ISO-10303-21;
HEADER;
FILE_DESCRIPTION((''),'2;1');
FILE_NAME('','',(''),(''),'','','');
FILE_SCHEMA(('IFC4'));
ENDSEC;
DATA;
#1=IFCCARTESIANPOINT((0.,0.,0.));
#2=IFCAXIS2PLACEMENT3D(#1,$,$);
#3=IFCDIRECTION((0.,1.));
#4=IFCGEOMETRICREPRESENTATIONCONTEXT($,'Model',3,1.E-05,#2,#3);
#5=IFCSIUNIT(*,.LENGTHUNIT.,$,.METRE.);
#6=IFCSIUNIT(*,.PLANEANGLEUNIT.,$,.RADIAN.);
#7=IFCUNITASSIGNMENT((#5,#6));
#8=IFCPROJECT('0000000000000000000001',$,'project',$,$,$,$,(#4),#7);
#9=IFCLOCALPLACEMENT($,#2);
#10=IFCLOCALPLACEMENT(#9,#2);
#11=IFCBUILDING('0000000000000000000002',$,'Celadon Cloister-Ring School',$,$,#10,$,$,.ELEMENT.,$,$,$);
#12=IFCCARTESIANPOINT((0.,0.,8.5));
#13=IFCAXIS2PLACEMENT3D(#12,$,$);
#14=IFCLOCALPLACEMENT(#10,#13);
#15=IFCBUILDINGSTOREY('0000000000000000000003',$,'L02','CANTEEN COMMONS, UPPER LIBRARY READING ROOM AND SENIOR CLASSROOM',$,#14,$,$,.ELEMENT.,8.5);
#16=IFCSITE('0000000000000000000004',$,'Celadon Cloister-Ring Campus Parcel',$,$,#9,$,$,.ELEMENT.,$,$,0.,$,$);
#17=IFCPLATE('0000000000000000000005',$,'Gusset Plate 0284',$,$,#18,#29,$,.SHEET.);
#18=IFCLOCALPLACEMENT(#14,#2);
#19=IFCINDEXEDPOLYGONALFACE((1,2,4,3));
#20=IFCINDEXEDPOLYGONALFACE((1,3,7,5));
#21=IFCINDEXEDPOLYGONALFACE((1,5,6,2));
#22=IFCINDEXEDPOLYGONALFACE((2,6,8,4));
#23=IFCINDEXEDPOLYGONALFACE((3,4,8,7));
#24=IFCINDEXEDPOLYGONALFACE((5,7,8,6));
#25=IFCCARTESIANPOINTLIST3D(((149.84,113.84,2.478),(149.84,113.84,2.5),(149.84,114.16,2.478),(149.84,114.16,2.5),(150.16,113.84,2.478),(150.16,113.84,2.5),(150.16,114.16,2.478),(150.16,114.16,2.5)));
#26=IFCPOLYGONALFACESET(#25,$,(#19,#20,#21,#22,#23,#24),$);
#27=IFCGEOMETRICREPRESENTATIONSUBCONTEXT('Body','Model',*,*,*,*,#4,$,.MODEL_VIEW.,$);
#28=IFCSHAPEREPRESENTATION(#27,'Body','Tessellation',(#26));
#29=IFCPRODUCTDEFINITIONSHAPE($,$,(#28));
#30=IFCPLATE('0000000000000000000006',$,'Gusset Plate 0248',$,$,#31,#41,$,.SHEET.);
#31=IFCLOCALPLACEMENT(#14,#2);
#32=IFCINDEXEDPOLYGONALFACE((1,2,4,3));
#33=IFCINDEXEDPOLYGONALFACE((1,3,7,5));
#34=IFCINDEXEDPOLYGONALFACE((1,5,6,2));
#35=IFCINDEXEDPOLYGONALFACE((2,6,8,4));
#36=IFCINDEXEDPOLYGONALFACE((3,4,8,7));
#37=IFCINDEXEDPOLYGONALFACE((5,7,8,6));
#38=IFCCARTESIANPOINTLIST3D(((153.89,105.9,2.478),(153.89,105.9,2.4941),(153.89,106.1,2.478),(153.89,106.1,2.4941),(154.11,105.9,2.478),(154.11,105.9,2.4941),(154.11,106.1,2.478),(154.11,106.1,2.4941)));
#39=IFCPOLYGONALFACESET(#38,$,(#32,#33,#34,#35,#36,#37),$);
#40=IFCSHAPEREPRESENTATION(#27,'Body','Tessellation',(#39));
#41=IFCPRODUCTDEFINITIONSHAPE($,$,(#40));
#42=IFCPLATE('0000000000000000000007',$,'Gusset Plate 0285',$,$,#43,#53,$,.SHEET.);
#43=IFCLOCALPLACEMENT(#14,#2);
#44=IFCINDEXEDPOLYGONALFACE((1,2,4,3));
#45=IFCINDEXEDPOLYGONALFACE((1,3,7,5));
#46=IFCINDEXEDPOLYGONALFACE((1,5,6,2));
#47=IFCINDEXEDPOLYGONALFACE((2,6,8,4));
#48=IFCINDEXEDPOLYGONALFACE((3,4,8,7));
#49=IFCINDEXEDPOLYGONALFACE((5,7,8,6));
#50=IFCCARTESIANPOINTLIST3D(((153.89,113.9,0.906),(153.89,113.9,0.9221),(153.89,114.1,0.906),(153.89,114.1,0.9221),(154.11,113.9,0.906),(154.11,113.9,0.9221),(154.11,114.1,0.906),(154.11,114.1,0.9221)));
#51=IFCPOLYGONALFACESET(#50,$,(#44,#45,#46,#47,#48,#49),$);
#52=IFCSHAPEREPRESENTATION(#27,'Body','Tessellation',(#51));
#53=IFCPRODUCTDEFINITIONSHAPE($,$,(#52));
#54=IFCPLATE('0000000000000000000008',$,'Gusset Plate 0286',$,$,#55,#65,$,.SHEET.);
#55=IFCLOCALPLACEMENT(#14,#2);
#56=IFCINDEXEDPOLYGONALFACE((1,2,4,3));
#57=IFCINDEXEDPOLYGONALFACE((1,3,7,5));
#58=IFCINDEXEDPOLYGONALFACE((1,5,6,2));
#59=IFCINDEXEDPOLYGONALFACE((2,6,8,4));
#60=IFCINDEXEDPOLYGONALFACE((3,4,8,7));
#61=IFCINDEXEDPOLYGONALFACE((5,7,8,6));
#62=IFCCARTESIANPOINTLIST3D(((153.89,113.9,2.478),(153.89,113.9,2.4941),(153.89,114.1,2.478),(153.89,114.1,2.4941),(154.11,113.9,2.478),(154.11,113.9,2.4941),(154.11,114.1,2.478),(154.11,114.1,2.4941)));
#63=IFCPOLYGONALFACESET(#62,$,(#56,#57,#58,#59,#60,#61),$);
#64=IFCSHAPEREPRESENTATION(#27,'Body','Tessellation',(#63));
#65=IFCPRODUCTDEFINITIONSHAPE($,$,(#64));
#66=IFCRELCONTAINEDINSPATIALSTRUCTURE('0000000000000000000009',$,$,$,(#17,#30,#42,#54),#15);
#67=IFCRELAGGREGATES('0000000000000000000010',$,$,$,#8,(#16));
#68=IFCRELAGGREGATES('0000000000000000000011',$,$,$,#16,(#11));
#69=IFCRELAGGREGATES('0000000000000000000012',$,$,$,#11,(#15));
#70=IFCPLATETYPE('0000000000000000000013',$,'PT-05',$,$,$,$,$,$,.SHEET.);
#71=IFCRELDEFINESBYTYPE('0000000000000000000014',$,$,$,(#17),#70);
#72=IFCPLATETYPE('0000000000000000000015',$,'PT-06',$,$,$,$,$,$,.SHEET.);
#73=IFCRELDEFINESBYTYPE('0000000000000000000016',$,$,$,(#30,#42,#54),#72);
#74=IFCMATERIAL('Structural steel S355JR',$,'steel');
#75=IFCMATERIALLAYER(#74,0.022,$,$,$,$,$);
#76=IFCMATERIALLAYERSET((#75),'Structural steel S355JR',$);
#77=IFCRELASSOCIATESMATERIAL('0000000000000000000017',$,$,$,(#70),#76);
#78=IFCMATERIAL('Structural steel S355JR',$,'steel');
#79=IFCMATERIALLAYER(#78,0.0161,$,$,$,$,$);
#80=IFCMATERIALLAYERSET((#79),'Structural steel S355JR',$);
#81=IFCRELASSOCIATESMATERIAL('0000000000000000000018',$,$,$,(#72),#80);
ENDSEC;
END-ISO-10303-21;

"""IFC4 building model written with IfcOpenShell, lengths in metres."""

from ifc_helpers import new_model, si_unit, direction, frame, origin, origin_2d, place, context, subcontext, project, spatial, rectangle, extrude, material, layer, layer_set, type_object, element, save


model = new_model("IFC4")

# Units and contexts
model_context = context("Model", 3, precision=1e-05, world=origin(), true_north=direction((0.0, 1.0)))
body_context = subcontext(model_context, "Body", "Model", "MODEL_VIEW")
ifc_project = project(units=[si_unit("LENGTHUNIT", "METRE"), si_unit("PLANEANGLEUNIT", "RADIAN")], contexts=[model_context])

# Site, building, storey
site_placement = place(None, origin())
site = spatial("IfcSite", under=ifc_project, at=site_placement, Name="Celadon Cloister-Ring Campus Parcel", CompositionType="ELEMENT", RefElevation=0.0)
building_placement = place(site_placement, origin())
building = spatial("IfcBuilding", under=site, at=building_placement, Name="Celadon Cloister-Ring School", CompositionType="ELEMENT")
storey_placement = place(building_placement, frame((0.0, 0.0, 8.5)))
storey = spatial("IfcBuildingStorey", under=building, at=storey_placement, Name="L02", Description="CANTEEN COMMONS, UPPER LIBRARY READING ROOM AND SENIOR CLASSROOM", CompositionType="ELEMENT", Elevation=8.5)

# Plates
ifc_material_1 = material(Name="Structural steel S355JR", Category="steel")
ifc_layer_1 = layer(ifc_material_1, 0.022)
ifc_layer_set_1 = layer_set([ifc_layer_1], Name="Structural steel S355JR")
plate_type_1 = type_object("IfcPlateType", Name="PT-05", PredefinedType="SHEET", material=ifc_layer_set_1)
for number, where, z_axis, x_axis, name in (
    (1, (150.0, 114.0, 2.478), (0.0, 0.0, 1.0), (1.0, 0.0, 0.0), "Gusset Plate 0284"),
):
    element("IfcPlate", number, at=place(storey_placement, frame(where, z_axis=z_axis, x_axis=x_axis)), inside=storey, type_object=plate_type_1, Name=name, PredefinedType="SHEET", context=body_context, shape_type="SweptSolid", body=[
        extrude(rectangle(XDim=0.3201, YDim=0.3201, at=origin_2d()), origin(), (0.0, 0.0, 1.0), 0.022),
    ])
ifc_material_2 = material(Name="Structural steel S355JR", Category="steel")
ifc_layer_2 = layer(ifc_material_2, 0.0161)
ifc_layer_set_2 = layer_set([ifc_layer_2], Name="Structural steel S355JR")
plate_type_2 = type_object("IfcPlateType", Name="PT-06", PredefinedType="SHEET", material=ifc_layer_set_2)
for number, where, z_axis, x_axis, name in (
    (2, (154.0, 106.0, 2.478), (0.0, 0.0, 1.0), (1.0, 0.0, 0.0), "Gusset Plate 0248"),
    (3, (154.0, 114.0, 0.906), (0.0, 0.0, 1.0), (1.0, 0.0, 0.0), "Gusset Plate 0285"),
    (4, (154.0, 114.0, 2.478), (0.0, 0.0, 1.0), (1.0, 0.0, 0.0), "Gusset Plate 0286"),
):
    element("IfcPlate", number, at=place(storey_placement, frame(where, z_axis=z_axis, x_axis=x_axis)), inside=storey, type_object=plate_type_2, Name=name, PredefinedType="SHEET", context=body_context, shape_type="SweptSolid", body=[
        extrude(rectangle(XDim=0.22, YDim=0.2, at=origin_2d()), origin(), (0.0, 0.0, 1.0), 0.0161),
    ])

save(model, "model.ifc")
